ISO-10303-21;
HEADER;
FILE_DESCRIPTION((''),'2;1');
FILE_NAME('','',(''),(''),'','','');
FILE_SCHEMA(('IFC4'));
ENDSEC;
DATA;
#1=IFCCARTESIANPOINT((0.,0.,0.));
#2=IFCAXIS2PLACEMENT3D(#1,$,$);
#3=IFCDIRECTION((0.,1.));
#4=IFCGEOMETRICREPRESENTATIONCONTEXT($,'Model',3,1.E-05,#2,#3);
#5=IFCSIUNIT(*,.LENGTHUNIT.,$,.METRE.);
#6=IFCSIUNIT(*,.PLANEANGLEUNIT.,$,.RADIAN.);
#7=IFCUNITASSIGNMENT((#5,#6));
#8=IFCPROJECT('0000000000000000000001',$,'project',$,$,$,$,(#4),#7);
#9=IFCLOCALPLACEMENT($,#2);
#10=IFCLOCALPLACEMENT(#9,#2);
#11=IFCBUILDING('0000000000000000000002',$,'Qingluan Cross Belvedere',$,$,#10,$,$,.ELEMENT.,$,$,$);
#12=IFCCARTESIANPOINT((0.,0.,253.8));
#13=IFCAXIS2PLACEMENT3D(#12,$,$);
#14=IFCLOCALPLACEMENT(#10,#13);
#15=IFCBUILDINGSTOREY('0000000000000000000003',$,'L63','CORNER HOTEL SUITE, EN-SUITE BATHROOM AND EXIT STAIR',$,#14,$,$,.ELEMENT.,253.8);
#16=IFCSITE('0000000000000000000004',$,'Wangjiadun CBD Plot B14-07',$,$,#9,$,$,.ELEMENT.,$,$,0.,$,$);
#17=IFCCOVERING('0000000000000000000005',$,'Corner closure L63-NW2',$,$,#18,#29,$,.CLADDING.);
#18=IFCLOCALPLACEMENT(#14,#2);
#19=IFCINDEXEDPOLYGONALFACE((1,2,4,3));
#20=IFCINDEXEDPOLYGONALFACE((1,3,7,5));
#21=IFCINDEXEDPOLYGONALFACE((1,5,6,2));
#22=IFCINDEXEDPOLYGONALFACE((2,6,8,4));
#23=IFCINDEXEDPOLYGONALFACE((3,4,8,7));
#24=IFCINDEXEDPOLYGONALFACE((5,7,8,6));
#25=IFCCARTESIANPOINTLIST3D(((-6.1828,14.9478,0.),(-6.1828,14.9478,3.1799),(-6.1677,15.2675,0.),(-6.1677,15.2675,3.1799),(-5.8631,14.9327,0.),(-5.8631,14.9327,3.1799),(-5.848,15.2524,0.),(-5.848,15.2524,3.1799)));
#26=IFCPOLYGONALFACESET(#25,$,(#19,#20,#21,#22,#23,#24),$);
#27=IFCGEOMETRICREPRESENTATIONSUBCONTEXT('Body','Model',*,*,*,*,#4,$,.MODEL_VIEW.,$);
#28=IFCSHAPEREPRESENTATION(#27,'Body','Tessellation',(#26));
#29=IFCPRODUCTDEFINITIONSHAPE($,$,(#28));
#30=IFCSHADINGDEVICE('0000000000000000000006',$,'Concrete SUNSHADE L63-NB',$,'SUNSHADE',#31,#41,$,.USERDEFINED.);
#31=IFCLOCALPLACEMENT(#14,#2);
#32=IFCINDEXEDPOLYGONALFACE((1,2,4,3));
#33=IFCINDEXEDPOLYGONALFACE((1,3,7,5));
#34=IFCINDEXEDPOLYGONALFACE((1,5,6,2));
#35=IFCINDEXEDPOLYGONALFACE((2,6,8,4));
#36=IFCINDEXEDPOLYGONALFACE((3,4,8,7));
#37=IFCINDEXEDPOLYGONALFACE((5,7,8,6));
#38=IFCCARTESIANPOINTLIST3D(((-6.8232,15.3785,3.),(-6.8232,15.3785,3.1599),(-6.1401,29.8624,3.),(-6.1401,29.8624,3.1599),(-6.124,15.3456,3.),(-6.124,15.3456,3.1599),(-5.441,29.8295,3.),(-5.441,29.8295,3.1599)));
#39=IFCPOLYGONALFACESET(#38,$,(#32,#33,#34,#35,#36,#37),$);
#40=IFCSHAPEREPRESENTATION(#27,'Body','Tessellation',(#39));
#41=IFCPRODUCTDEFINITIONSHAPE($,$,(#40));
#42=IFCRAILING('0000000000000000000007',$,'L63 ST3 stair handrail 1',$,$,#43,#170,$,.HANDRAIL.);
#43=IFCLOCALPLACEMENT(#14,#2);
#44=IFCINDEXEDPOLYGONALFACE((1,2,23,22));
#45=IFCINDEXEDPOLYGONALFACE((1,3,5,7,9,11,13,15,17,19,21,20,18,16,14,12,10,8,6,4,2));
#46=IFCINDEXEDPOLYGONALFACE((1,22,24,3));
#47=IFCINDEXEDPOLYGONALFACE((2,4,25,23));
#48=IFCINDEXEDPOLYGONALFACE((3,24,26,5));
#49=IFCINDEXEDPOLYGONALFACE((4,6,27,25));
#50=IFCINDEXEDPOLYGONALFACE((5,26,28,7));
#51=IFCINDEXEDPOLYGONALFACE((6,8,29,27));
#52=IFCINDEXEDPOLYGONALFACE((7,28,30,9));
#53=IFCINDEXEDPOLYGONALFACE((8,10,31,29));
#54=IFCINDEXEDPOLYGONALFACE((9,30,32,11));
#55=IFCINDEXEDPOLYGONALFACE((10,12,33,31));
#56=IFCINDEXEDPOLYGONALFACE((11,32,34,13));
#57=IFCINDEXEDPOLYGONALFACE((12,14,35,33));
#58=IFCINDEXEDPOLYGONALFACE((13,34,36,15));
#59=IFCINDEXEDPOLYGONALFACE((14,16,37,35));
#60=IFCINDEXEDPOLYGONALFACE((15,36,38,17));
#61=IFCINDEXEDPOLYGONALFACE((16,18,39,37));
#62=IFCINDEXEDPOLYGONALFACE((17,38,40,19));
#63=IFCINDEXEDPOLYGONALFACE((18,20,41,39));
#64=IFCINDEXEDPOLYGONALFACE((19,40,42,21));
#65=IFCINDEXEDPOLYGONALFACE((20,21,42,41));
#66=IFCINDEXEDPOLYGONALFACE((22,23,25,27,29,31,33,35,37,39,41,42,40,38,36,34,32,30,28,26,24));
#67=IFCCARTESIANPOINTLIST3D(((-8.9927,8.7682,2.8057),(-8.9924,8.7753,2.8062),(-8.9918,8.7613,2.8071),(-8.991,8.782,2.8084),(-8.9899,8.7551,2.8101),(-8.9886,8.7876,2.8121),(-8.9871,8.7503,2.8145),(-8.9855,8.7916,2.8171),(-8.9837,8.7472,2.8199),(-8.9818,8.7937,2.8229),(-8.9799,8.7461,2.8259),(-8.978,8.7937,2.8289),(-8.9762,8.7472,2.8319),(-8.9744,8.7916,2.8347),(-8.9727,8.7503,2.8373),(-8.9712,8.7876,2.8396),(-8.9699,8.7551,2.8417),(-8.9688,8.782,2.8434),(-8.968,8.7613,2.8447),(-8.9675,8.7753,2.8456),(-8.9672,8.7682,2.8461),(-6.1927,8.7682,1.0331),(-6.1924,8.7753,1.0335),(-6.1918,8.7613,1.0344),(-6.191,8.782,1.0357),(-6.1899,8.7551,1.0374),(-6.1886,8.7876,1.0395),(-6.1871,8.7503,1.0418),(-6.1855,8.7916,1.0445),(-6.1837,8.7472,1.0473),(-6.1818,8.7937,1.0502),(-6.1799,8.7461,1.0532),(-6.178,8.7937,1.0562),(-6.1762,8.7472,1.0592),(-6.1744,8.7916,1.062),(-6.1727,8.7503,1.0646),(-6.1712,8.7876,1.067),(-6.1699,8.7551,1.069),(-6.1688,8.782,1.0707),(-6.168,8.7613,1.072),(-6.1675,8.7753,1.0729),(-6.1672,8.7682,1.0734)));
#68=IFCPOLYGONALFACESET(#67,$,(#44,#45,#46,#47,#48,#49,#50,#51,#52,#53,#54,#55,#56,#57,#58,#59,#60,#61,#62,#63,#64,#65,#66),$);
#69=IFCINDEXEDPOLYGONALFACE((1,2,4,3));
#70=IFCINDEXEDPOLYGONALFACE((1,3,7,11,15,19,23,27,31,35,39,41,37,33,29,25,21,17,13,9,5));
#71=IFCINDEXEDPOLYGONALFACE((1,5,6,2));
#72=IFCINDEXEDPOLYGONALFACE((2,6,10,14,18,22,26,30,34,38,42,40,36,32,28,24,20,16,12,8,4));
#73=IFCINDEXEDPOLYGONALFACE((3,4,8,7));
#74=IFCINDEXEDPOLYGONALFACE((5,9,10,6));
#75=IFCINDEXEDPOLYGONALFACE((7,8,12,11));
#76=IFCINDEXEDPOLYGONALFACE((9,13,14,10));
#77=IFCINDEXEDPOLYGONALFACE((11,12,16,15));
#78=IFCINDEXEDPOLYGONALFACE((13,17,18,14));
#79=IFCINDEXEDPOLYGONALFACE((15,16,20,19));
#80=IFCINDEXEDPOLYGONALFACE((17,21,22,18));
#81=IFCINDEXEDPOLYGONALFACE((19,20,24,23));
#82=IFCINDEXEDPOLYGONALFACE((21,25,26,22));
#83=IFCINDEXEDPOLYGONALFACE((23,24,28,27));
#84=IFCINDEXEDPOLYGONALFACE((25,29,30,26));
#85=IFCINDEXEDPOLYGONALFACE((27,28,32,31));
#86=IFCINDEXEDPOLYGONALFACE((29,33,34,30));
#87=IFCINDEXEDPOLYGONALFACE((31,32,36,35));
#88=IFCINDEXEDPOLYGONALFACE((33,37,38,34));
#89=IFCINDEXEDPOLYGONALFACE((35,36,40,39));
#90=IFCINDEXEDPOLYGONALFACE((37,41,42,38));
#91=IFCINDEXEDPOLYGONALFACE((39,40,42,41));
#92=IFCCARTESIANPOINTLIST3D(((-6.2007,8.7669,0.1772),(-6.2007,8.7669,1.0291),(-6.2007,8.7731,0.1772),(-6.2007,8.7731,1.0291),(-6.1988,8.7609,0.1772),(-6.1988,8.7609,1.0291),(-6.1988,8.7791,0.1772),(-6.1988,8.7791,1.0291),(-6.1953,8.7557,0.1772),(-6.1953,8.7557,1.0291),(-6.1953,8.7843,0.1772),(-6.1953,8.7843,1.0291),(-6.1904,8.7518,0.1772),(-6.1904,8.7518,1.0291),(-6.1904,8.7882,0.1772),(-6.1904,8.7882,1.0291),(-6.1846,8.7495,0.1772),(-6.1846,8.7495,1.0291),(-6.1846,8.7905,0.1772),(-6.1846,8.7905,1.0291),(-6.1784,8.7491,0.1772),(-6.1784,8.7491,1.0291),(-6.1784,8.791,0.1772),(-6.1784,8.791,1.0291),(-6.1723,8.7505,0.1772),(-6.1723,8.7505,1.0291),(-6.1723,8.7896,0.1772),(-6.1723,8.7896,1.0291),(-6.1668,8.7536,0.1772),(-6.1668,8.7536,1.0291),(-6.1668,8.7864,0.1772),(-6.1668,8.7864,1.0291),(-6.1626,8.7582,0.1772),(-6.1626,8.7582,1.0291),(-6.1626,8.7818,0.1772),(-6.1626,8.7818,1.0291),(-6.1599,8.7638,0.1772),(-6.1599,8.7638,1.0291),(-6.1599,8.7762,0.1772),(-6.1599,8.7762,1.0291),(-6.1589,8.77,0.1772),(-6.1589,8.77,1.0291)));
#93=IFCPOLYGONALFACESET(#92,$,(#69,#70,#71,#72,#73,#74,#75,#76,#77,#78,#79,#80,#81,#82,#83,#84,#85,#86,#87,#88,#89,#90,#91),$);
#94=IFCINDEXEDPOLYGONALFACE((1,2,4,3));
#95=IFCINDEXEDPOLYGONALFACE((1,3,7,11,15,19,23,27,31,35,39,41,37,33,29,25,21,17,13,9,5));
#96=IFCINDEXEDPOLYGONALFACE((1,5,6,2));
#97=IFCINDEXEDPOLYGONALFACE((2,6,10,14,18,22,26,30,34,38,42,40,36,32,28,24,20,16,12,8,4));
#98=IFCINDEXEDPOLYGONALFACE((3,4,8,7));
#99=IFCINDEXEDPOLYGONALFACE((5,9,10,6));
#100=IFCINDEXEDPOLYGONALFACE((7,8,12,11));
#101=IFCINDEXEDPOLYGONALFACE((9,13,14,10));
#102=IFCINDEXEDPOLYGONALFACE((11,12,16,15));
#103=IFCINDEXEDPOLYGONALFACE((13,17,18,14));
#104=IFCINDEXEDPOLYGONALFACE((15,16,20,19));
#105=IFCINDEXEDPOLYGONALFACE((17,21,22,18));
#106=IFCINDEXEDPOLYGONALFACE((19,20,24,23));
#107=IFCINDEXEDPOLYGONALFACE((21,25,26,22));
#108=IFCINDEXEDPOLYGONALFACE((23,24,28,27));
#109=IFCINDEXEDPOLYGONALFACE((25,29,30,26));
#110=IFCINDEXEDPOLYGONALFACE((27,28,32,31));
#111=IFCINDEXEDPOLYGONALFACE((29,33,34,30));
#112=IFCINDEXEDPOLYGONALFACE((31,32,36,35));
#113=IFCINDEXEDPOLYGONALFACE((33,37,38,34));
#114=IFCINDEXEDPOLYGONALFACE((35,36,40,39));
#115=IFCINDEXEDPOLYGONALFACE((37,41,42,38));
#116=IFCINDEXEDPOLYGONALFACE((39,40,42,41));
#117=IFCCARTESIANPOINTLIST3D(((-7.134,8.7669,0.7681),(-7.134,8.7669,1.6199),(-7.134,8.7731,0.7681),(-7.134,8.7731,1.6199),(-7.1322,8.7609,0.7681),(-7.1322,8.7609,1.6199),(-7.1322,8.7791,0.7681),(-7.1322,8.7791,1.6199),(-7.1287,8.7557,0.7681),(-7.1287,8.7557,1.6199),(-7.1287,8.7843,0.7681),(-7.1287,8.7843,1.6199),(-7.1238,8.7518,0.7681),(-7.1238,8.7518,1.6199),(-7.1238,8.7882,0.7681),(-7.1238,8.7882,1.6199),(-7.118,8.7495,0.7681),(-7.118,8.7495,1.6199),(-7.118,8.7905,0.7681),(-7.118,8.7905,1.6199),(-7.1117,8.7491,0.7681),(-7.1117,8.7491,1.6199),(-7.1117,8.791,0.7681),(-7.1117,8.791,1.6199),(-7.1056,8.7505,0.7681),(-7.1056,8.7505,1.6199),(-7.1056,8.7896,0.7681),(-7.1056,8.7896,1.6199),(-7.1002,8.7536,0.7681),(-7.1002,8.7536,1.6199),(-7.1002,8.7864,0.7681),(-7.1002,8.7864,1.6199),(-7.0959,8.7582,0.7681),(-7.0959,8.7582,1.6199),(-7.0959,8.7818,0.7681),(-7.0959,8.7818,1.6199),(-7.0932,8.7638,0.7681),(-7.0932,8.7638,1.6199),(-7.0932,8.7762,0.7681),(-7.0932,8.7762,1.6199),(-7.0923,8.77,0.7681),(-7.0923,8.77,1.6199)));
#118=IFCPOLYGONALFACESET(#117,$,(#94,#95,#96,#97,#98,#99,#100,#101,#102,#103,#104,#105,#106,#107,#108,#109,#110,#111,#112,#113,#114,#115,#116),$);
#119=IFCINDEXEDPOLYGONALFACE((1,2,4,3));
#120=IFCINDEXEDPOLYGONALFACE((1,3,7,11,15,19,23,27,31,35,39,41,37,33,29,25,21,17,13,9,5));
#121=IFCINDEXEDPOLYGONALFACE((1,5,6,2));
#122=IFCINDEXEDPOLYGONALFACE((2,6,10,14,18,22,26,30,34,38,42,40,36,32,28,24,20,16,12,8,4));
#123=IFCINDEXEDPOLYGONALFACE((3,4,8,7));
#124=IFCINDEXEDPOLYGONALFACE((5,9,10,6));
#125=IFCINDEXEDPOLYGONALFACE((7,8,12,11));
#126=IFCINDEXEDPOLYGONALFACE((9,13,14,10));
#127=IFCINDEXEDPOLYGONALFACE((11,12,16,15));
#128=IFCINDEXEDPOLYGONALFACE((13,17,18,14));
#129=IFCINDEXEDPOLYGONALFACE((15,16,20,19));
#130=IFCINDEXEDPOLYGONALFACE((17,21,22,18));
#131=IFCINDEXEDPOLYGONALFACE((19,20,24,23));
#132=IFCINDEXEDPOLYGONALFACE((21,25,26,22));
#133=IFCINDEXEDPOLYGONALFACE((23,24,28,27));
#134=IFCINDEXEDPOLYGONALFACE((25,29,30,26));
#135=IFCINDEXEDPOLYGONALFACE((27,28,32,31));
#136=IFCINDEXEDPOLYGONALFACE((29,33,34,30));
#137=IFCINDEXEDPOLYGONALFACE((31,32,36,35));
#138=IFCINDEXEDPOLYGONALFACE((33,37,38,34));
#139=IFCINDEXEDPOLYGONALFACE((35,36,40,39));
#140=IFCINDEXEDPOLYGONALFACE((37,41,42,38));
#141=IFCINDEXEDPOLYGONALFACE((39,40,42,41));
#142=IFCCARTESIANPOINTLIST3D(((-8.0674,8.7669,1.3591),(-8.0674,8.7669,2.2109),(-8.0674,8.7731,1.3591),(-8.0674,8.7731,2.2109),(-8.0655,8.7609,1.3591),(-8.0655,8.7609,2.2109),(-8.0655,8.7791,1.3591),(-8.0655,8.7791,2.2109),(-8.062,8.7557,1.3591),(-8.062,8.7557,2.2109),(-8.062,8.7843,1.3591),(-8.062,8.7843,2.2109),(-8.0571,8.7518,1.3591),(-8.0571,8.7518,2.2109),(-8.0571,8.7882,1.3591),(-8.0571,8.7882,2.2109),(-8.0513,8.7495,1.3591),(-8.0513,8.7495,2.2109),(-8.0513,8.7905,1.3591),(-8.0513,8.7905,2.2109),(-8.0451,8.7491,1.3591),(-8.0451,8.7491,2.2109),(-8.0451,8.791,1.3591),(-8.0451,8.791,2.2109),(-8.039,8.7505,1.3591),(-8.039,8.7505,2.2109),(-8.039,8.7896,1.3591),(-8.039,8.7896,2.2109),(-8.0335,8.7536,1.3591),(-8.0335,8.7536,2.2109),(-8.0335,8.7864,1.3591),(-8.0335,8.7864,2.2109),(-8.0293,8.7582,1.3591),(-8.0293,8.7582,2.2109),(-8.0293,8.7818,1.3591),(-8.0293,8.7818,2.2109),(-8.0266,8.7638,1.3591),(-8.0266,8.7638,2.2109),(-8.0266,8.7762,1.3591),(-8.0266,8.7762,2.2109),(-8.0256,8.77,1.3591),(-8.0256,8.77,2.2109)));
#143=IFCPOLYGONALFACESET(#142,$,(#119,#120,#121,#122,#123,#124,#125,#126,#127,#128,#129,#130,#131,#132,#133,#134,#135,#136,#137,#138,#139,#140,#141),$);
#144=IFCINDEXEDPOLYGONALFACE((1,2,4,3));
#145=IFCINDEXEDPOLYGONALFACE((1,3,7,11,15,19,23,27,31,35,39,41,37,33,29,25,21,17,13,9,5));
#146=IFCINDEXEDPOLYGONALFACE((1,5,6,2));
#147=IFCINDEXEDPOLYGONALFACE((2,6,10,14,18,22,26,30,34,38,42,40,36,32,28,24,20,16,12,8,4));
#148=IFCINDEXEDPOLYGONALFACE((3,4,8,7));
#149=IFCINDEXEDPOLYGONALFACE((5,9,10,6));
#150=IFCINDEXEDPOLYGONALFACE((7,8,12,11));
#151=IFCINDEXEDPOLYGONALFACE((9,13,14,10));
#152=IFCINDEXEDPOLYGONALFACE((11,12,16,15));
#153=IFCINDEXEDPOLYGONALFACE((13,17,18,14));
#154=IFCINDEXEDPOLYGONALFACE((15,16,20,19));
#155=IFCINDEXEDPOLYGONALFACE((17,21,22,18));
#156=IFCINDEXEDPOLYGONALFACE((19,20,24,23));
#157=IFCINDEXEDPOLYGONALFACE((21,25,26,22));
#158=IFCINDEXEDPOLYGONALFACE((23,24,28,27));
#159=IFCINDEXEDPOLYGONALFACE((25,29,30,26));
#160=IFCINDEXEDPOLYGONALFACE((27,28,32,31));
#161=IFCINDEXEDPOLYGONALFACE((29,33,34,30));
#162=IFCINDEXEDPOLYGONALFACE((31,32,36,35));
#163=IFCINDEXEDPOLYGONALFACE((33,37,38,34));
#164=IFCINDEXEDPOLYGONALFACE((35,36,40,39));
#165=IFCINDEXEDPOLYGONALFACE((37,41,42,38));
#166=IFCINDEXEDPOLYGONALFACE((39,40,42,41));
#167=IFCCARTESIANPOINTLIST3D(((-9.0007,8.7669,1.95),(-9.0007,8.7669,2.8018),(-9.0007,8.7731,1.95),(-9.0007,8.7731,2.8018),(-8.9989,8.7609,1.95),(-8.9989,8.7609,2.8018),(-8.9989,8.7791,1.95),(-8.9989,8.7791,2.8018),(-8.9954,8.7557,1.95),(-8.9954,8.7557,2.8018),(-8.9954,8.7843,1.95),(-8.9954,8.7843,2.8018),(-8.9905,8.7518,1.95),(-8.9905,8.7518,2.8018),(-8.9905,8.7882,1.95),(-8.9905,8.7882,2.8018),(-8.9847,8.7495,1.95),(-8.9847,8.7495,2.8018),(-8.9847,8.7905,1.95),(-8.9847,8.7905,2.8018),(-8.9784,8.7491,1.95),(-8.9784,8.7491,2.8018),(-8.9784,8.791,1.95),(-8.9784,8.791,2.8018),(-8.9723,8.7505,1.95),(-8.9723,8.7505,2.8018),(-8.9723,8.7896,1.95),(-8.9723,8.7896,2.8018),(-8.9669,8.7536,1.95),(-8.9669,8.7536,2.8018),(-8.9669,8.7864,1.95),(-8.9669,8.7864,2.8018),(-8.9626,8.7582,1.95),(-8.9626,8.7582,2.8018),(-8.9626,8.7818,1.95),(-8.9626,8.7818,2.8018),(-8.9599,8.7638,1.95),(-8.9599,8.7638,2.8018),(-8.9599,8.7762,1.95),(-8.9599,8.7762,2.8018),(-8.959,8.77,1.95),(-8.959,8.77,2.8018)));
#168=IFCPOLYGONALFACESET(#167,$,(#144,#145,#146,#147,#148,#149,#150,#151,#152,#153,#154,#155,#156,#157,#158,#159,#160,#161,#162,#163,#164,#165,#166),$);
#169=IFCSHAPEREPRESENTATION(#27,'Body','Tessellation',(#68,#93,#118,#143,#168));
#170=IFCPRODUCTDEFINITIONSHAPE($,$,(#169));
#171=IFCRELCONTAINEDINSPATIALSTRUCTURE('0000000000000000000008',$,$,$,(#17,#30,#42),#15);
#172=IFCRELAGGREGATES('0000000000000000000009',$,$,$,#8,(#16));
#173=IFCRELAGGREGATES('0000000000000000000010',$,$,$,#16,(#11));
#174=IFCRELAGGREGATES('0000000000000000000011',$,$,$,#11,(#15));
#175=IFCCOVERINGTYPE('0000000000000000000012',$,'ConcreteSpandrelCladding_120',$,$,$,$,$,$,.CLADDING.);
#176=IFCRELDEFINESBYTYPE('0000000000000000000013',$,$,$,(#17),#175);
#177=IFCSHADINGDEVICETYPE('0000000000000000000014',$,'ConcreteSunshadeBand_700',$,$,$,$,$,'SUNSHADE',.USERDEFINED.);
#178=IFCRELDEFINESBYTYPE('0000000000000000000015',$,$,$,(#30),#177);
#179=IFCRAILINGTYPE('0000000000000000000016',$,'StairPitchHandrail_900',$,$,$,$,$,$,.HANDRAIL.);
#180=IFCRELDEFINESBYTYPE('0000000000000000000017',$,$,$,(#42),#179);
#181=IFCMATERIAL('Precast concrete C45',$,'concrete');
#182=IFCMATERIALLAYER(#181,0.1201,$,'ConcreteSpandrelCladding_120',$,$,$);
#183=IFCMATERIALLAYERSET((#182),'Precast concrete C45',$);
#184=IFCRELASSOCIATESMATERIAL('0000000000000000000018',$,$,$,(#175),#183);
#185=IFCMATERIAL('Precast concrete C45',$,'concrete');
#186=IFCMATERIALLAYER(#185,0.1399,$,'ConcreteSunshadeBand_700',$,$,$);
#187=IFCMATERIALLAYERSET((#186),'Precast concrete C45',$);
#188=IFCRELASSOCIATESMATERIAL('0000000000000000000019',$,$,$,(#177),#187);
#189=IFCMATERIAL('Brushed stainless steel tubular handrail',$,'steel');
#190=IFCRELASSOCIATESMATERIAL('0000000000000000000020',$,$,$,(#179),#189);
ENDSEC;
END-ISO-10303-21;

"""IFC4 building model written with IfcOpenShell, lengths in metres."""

from ifc_helpers import new_model, si_unit, direction, frame, origin, origin_2d, place, context, subcontext, project, spatial, rectangle, circle, extrude, material, layer, layer_set, type_object, element, save


model = new_model("IFC4")

# Units and contexts
model_context = context("Model", 3, precision=1e-05, world=origin(), true_north=direction((0.0, 1.0)))
body_context = subcontext(model_context, "Body", "Model", "MODEL_VIEW")
ifc_project = project(units=[si_unit("LENGTHUNIT", "METRE"), si_unit("PLANEANGLEUNIT", "RADIAN")], contexts=[model_context])

# Site, building, storey
site_placement = place(None, origin())
site = spatial("IfcSite", under=ifc_project, at=site_placement, Name="Wangjiadun CBD Plot B14-07", CompositionType="ELEMENT", RefElevation=0.0)
building_placement = place(site_placement, origin())
building = spatial("IfcBuilding", under=site, at=building_placement, Name="Qingluan Cross Belvedere", CompositionType="ELEMENT")
storey_placement = place(building_placement, frame((0.0, 0.0, 253.8)))
storey = spatial("IfcBuildingStorey", under=building, at=storey_placement, Name="L63", Description="CORNER HOTEL SUITE, EN-SUITE BATHROOM AND EXIT STAIR", CompositionType="ELEMENT", Elevation=253.8)

# Covering
ifc_material_1 = material(Name="Precast concrete C45", Category="concrete")
ifc_layer_1 = layer(ifc_material_1, 0.1201, Name="ConcreteSpandrelCladding_120")
ifc_layer_set_1 = layer_set([ifc_layer_1], Name="Precast concrete C45")
covering_type_1 = type_object("IfcCoveringType", Name="ConcreteSpandrelCladding_120", PredefinedType="CLADDING", material=ifc_layer_set_1)
covering_1_placement = place(storey_placement, frame((-6.0154, 15.1001, 0.0), z_axis=(0.0, 0.0, 1.0), x_axis=(0.99889, -0.047106, 0.0)))
element("IfcCovering", 1, at=covering_1_placement, inside=storey, type_object=covering_type_1, Name="Corner closure L63-NW2", PredefinedType="CLADDING", context=body_context, shape_type="SweptSolid", body=[
    extrude(rectangle(XDim=0.3201, YDim=0.3201, at=origin_2d()), origin(), (0.0, 0.0, 1.0), 3.1799),
])

# Shading device
ifc_material_2 = material(Name="Precast concrete C45", Category="concrete")
ifc_layer_2 = layer(ifc_material_2, 0.1399, Name="ConcreteSunshadeBand_700")
ifc_layer_set_2 = layer_set([ifc_layer_2], Name="Precast concrete C45")
shading_device_type = type_object("IfcShadingDeviceType", Name="ConcreteSunshadeBand_700", ElementType="SUNSHADE", PredefinedType="USERDEFINED", material=ifc_layer_set_2)
shading_device_placement = place(storey_placement, frame((-6.1321, 22.604, 3.0), z_axis=(0.0, 0.0, 1.0), x_axis=(-0.047109, -0.99889, 0.0)))
element("IfcShadingDevice", 2, at=shading_device_placement, inside=storey, type_object=shading_device_type, Name="Concrete SUNSHADE L63-NB", ObjectType="SUNSHADE", PredefinedType="USERDEFINED", context=body_context, shape_type="SweptSolid", body=[
    extrude(rectangle(XDim=14.5, YDim=0.7, at=origin_2d()), origin(), (0.0, 0.0, 1.0), 0.1599),
])

# Railing
ifc_material_3 = material(Name="Brushed stainless steel tubular handrail", Category="steel")
railing_type_1 = type_object("IfcRailingType", Name="StairPitchHandrail_900", PredefinedType="HANDRAIL", material=ifc_material_3)
railing_1_placement = place(storey_placement, frame((-6.1799, 8.77, 0.1772)))
element("IfcRailing", 3, at=railing_1_placement, inside=storey, type_object=railing_type_1, Name="L63 ST3 stair handrail 1", PredefinedType="HANDRAIL", context=body_context, shape_type="SweptSolid", body=[
    extrude(circle(Radius=0.0239, at=origin_2d()), frame((0.0, 0.0, 0.876), z_axis=(-0.844909, 0.0, 0.53491), x_axis=(0.0, -1.0, 0.0)), (0.0, 0.0, 1.0), 3.314),
    extrude(circle(Radius=0.021, at=origin_2d()), origin(), (0.0, 0.0, 1.0), 0.8518),
    extrude(circle(Radius=0.021, at=origin_2d()), frame((-0.9333, 0.0, 0.5908)), (0.0, 0.0, 1.0), 0.8518),
    extrude(circle(Radius=0.021, at=origin_2d()), frame((-1.8667, 0.0, 1.1819)), (0.0, 0.0, 1.0), 0.8518),
    extrude(circle(Radius=0.021, at=origin_2d()), frame((-2.8, 0.0, 1.7727)), (0.0, 0.0, 1.0), 0.8518),
])

save(model, "model.ifc")
